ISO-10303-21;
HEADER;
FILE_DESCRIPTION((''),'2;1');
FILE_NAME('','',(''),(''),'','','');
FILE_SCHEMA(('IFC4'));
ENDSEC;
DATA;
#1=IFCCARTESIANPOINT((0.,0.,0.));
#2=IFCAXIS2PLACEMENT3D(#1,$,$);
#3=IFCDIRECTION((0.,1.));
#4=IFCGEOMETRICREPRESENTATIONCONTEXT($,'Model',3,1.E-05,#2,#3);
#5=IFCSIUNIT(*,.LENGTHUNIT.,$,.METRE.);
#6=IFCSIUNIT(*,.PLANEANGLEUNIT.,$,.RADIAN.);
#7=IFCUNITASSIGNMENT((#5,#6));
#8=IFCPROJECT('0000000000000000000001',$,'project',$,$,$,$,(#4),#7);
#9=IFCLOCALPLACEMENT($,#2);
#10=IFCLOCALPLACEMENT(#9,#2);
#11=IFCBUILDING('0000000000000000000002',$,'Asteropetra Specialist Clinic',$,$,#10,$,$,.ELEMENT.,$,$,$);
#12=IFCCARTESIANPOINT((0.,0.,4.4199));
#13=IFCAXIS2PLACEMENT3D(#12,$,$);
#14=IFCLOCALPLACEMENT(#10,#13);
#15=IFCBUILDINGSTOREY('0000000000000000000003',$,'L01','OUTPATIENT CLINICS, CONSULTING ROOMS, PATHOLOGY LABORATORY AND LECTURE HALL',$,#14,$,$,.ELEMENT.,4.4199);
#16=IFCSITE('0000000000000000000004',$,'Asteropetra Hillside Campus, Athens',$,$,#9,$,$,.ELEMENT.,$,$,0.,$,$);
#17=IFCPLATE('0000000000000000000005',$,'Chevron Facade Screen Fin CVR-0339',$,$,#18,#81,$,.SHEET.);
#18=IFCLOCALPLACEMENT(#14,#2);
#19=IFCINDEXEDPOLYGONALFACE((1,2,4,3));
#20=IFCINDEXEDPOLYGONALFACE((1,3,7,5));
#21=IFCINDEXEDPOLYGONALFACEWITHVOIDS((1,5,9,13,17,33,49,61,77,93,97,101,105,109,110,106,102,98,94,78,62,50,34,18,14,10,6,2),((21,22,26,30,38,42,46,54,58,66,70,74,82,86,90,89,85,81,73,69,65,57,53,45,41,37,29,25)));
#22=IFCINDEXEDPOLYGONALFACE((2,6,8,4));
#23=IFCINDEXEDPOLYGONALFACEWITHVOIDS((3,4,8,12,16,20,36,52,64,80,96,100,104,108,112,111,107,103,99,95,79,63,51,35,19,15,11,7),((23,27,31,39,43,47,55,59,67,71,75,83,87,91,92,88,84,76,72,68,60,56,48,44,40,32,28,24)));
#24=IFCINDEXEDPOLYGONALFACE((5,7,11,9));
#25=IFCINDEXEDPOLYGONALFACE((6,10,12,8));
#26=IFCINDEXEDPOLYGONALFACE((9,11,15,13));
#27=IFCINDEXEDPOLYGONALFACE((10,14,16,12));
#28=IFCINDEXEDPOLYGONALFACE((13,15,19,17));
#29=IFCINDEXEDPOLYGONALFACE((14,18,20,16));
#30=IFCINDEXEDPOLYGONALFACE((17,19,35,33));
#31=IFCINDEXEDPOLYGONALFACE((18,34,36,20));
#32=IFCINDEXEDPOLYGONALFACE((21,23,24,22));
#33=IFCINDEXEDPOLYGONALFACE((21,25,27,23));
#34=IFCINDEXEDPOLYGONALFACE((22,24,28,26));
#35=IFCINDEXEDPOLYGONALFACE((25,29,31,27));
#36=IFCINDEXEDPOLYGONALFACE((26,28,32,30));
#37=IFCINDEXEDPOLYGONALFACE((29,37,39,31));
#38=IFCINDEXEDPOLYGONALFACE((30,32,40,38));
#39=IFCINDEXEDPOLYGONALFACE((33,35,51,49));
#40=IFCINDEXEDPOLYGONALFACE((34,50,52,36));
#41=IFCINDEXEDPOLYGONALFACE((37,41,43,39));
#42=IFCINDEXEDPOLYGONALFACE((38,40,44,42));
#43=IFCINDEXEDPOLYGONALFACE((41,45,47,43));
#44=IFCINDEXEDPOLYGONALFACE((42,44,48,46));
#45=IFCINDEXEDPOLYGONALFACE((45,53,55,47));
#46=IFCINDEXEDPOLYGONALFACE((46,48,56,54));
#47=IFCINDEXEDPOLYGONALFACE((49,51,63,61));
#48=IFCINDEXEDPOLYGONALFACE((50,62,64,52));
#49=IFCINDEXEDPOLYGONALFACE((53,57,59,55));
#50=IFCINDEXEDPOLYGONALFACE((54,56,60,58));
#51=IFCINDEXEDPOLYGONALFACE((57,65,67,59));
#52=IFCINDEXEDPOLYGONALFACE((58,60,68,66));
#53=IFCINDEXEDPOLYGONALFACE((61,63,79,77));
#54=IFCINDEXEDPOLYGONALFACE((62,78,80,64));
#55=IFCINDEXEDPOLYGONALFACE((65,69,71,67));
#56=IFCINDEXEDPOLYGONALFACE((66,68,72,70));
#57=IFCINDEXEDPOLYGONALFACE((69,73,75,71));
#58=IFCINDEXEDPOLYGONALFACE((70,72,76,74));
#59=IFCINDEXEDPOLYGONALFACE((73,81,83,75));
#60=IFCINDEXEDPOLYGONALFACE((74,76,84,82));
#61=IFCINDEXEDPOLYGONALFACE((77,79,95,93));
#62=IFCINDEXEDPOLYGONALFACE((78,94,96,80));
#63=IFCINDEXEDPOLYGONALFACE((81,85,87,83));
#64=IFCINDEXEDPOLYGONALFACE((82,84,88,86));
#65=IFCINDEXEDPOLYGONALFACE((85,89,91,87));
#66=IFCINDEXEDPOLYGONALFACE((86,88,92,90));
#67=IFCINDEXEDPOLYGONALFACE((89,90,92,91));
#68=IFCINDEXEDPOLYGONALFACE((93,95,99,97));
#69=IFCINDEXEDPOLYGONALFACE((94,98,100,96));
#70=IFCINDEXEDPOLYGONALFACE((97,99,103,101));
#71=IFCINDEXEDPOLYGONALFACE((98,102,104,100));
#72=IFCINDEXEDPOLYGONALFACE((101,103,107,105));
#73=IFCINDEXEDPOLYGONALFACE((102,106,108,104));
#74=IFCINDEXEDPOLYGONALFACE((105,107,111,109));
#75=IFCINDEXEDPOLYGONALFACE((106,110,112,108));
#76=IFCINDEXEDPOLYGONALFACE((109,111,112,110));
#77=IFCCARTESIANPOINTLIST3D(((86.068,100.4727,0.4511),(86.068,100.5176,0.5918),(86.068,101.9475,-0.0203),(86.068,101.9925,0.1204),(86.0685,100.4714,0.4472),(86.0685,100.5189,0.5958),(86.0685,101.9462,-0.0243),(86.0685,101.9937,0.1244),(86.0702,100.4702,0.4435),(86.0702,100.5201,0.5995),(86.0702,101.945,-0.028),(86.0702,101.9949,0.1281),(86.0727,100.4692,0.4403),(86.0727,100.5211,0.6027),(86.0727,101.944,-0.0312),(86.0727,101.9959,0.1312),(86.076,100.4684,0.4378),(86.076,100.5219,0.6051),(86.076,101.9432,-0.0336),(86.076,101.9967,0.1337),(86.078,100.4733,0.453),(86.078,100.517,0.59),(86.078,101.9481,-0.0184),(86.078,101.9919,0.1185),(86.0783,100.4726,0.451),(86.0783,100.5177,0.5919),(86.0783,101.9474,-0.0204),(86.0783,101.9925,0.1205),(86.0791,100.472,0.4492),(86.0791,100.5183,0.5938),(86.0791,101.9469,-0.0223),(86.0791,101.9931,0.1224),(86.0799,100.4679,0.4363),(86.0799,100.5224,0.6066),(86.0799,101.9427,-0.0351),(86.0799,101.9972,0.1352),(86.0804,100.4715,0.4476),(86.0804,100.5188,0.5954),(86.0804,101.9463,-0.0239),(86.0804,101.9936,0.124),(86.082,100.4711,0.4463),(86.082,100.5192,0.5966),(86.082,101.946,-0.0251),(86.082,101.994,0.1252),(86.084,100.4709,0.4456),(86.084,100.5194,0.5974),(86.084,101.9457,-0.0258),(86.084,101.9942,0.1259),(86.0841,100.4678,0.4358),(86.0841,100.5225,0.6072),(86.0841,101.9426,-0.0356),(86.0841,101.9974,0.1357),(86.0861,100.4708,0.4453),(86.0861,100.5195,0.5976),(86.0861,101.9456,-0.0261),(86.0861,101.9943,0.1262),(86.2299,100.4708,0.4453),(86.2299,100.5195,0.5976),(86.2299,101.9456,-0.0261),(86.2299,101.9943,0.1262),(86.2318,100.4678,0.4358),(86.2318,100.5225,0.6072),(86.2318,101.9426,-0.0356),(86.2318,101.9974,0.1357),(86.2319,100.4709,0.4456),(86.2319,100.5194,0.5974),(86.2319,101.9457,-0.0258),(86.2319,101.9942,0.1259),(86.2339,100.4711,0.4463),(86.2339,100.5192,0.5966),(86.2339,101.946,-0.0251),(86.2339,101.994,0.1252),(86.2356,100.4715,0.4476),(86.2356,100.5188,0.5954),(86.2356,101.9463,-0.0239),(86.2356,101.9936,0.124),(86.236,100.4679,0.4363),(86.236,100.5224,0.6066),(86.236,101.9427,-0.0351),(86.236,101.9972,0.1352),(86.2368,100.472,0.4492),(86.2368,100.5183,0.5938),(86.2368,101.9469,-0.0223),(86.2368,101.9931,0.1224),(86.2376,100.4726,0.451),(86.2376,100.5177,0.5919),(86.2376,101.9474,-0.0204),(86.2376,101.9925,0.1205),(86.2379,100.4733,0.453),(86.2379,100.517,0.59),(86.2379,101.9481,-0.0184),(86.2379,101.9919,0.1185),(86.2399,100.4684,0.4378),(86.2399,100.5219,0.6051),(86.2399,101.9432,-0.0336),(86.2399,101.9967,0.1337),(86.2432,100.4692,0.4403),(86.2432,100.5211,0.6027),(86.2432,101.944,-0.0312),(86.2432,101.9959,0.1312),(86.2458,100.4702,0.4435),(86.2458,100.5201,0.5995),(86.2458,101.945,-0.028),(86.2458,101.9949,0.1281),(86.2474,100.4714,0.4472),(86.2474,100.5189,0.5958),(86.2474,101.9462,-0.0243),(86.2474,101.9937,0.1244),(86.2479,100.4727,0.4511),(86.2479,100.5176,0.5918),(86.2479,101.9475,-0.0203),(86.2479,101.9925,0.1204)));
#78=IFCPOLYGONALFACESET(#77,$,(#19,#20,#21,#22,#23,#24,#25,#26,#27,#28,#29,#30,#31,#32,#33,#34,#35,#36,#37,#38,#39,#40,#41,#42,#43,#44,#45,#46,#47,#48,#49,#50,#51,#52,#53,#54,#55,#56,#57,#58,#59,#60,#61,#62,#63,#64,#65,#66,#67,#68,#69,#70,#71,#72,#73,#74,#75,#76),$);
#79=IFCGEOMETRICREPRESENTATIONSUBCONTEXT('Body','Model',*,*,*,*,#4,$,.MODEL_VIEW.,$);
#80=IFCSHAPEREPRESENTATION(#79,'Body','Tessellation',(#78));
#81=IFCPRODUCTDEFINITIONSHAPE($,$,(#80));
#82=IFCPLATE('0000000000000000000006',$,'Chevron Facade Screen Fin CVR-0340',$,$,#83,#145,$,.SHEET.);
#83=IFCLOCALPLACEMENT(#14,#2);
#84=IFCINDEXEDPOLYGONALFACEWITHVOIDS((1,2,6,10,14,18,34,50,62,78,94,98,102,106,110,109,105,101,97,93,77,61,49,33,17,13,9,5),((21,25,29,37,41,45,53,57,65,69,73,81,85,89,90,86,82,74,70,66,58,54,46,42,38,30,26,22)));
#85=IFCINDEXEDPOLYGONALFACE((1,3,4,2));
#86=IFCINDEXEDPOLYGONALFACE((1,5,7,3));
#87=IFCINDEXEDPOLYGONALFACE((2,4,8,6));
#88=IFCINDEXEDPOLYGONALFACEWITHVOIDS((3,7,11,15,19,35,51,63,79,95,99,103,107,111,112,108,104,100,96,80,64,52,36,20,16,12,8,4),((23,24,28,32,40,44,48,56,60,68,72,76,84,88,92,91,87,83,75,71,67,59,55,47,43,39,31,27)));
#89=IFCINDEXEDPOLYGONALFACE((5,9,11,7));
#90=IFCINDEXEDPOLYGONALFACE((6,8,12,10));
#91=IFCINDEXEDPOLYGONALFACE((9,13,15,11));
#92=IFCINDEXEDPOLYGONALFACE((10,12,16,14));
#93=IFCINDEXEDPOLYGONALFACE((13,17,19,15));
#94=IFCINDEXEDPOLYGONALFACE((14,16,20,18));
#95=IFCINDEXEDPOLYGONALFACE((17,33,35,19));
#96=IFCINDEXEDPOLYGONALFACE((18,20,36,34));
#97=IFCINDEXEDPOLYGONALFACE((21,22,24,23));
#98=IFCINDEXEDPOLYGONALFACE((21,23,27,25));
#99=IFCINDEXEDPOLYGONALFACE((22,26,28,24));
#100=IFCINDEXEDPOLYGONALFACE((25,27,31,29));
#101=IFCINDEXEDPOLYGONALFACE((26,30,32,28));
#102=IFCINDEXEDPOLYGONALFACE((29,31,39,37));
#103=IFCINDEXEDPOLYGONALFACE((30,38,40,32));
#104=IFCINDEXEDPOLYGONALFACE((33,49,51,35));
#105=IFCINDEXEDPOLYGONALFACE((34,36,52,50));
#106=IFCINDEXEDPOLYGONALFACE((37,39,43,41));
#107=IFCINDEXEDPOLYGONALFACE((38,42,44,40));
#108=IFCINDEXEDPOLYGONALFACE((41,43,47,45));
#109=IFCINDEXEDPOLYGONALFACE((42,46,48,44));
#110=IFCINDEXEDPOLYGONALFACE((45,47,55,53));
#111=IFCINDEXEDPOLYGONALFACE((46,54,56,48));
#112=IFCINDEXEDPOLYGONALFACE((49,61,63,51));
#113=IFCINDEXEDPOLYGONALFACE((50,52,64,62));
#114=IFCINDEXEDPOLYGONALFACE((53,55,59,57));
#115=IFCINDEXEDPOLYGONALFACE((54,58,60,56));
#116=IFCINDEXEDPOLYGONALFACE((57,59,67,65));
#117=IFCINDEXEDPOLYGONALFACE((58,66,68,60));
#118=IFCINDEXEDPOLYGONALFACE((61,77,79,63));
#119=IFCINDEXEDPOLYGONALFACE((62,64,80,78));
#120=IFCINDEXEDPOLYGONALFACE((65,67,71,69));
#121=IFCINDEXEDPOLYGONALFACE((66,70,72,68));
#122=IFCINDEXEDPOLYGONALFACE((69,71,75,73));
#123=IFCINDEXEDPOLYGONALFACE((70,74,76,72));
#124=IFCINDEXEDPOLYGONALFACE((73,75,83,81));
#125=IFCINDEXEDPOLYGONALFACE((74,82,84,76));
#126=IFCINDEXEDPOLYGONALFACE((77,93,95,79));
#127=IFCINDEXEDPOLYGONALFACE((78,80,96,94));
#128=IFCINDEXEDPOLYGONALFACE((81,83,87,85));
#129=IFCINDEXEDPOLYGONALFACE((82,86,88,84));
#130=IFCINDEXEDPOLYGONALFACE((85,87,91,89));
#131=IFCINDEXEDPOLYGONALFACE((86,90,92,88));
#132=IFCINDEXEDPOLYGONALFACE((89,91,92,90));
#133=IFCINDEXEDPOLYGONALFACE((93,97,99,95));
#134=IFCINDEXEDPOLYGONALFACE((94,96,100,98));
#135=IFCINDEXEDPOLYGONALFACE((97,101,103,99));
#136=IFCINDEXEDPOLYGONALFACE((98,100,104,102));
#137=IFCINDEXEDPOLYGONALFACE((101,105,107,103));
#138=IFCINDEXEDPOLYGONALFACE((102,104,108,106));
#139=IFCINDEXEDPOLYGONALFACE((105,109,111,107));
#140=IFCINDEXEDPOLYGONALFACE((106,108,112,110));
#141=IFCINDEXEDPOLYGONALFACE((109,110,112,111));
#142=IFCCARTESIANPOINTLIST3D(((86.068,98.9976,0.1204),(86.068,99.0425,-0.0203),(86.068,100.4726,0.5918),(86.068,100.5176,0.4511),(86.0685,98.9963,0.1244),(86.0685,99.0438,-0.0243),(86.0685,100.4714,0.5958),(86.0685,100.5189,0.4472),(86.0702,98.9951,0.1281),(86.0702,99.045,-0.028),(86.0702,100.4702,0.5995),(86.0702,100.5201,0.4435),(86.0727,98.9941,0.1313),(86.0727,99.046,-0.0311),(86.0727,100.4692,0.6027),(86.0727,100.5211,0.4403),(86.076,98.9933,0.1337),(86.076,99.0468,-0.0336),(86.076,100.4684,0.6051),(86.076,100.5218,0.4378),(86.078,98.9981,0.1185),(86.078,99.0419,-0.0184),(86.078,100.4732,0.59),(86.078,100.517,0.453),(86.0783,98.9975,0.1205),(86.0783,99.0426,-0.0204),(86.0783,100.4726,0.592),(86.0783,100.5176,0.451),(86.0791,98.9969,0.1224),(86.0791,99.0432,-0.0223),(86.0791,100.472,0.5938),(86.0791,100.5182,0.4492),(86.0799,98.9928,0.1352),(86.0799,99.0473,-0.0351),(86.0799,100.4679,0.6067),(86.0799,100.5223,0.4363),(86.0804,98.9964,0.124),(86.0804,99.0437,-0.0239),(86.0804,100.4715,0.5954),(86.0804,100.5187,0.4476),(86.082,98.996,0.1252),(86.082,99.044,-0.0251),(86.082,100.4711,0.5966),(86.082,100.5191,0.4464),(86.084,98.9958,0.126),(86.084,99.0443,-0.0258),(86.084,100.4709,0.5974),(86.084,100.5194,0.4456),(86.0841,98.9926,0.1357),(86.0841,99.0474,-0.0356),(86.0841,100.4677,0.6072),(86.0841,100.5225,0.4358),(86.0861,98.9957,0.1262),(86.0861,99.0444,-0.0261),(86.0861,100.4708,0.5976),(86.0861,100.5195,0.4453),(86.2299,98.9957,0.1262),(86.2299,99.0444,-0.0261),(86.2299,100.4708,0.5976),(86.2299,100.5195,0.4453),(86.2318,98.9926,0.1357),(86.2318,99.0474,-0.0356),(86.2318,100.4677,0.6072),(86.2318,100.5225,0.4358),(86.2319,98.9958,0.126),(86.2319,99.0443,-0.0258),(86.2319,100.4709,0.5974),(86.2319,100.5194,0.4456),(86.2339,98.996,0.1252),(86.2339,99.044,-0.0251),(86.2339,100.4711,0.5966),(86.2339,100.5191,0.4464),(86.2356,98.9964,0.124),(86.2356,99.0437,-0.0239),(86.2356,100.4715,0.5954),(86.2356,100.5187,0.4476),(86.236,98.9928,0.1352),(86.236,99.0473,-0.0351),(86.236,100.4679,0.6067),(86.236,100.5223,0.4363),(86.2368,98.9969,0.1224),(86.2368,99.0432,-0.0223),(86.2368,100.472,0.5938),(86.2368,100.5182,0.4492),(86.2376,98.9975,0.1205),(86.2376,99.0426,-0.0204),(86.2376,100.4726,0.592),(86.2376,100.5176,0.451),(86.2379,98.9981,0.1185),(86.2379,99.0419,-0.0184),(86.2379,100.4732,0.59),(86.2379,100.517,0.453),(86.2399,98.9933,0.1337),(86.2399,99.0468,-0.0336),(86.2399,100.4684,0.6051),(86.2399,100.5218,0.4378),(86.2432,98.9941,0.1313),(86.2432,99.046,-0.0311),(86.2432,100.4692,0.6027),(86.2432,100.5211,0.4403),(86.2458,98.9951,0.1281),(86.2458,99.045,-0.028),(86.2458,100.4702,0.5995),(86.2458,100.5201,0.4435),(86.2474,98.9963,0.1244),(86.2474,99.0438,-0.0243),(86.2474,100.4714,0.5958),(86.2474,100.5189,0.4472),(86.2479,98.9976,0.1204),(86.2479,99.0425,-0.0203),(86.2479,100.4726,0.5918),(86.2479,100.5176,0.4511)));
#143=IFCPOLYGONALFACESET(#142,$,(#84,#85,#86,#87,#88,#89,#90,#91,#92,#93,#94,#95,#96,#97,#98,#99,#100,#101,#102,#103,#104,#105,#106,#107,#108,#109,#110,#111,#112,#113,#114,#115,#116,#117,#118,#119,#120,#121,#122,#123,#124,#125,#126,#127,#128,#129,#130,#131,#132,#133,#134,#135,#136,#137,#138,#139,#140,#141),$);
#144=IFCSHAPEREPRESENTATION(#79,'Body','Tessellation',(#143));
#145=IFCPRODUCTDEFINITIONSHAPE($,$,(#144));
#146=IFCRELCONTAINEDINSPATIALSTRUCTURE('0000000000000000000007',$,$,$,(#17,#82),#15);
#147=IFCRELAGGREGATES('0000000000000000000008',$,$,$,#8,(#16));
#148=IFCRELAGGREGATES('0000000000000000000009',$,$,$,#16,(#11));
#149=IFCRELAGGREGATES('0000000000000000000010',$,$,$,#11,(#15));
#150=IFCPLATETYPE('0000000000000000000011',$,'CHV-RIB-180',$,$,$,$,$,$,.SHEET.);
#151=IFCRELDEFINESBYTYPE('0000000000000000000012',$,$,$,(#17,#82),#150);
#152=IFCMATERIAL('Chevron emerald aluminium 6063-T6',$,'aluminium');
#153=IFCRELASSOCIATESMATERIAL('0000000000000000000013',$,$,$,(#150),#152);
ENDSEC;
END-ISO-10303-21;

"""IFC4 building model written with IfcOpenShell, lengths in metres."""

from ifc_helpers import new_model, si_unit, direction, frame, origin, origin_2d, place, context, subcontext, project, spatial, hollow_rectangle, extrude, material, material_profile, profile_set, type_object, element, save


model = new_model("IFC4")

# Units and contexts
model_context = context("Model", 3, precision=1e-05, world=origin(), true_north=direction((0.0, 1.0)))
body_context = subcontext(model_context, "Body", "Model", "MODEL_VIEW")
ifc_project = project(units=[si_unit("LENGTHUNIT", "METRE"), si_unit("PLANEANGLEUNIT", "RADIAN")], contexts=[model_context])

# Site, building, storey
site_placement = place(None, origin())
site = spatial("IfcSite", under=ifc_project, at=site_placement, Name="Asteropetra Hillside Campus, Athens", CompositionType="ELEMENT", RefElevation=0.0)
building_placement = place(site_placement, origin())
building = spatial("IfcBuilding", under=site, at=building_placement, Name="Asteropetra Specialist Clinic", CompositionType="ELEMENT")
storey_placement = place(building_placement, frame((0.0, 0.0, 4.4199)))
storey = spatial("IfcBuildingStorey", under=building, at=storey_placement, Name="L01", Description="OUTPATIENT CLINICS, CONSULTING ROOMS, PATHOLOGY LABORATORY AND LECTURE HALL", CompositionType="ELEMENT", Elevation=4.4199)

# Plates
ifc_material_1 = material(Name="Chevron emerald aluminium 6063-T6", Category="aluminium")
ifc_material_profile = material_profile(ifc_material_1, hollow_rectangle(XDim=0.1799, YDim=0.1799, WallThickness=0.01, InnerFilletRadius=0.0081, OuterFilletRadius=0.0161, at=origin_2d()), Name="SHS 180x180x10.0")
ifc_profile_set = profile_set([ifc_material_profile], Name="Chevron emerald aluminium 6063-T6")
plate_type = type_object("IfcPlateType", Name="CHV-RIB-180", PredefinedType="SHEET", material=ifc_profile_set)
plate_1_placement = place(storey_placement, frame((86.158, 101.97, 0.05), z_axis=(0.0, -0.952521, 0.304472), x_axis=(1.0, 0.0, 0.0)))
element("IfcPlate", 1, at=plate_1_placement, inside=storey, type_object=plate_type, Name="Chevron Facade Screen Fin CVR-0339", PredefinedType="SHEET", context=body_context, shape_type="SweptSolid", body=[
    extrude(hollow_rectangle(XDim=0.1799, YDim=0.1799, WallThickness=0.01, InnerFilletRadius=0.0081, OuterFilletRadius=0.0161, at=origin_2d()), origin(), (0.0, 0.0, 1.0), 1.5483),
])
plate_2_placement = place(storey_placement, frame((86.158, 100.4951, 0.5215), z_axis=(0.0, -0.952536, -0.304427), x_axis=(1.0, 0.0, 0.0)))
element("IfcPlate", 2, at=plate_2_placement, inside=storey, type_object=plate_type, Name="Chevron Facade Screen Fin CVR-0340", PredefinedType="SHEET", context=body_context, shape_type="SweptSolid", body=[
    extrude(hollow_rectangle(XDim=0.1799, YDim=0.1799, WallThickness=0.01, InnerFilletRadius=0.0081, OuterFilletRadius=0.0161, at=origin_2d()), origin(), (0.0, 0.0, 1.0), 1.5486),
])

save(model, "model.ifc")
